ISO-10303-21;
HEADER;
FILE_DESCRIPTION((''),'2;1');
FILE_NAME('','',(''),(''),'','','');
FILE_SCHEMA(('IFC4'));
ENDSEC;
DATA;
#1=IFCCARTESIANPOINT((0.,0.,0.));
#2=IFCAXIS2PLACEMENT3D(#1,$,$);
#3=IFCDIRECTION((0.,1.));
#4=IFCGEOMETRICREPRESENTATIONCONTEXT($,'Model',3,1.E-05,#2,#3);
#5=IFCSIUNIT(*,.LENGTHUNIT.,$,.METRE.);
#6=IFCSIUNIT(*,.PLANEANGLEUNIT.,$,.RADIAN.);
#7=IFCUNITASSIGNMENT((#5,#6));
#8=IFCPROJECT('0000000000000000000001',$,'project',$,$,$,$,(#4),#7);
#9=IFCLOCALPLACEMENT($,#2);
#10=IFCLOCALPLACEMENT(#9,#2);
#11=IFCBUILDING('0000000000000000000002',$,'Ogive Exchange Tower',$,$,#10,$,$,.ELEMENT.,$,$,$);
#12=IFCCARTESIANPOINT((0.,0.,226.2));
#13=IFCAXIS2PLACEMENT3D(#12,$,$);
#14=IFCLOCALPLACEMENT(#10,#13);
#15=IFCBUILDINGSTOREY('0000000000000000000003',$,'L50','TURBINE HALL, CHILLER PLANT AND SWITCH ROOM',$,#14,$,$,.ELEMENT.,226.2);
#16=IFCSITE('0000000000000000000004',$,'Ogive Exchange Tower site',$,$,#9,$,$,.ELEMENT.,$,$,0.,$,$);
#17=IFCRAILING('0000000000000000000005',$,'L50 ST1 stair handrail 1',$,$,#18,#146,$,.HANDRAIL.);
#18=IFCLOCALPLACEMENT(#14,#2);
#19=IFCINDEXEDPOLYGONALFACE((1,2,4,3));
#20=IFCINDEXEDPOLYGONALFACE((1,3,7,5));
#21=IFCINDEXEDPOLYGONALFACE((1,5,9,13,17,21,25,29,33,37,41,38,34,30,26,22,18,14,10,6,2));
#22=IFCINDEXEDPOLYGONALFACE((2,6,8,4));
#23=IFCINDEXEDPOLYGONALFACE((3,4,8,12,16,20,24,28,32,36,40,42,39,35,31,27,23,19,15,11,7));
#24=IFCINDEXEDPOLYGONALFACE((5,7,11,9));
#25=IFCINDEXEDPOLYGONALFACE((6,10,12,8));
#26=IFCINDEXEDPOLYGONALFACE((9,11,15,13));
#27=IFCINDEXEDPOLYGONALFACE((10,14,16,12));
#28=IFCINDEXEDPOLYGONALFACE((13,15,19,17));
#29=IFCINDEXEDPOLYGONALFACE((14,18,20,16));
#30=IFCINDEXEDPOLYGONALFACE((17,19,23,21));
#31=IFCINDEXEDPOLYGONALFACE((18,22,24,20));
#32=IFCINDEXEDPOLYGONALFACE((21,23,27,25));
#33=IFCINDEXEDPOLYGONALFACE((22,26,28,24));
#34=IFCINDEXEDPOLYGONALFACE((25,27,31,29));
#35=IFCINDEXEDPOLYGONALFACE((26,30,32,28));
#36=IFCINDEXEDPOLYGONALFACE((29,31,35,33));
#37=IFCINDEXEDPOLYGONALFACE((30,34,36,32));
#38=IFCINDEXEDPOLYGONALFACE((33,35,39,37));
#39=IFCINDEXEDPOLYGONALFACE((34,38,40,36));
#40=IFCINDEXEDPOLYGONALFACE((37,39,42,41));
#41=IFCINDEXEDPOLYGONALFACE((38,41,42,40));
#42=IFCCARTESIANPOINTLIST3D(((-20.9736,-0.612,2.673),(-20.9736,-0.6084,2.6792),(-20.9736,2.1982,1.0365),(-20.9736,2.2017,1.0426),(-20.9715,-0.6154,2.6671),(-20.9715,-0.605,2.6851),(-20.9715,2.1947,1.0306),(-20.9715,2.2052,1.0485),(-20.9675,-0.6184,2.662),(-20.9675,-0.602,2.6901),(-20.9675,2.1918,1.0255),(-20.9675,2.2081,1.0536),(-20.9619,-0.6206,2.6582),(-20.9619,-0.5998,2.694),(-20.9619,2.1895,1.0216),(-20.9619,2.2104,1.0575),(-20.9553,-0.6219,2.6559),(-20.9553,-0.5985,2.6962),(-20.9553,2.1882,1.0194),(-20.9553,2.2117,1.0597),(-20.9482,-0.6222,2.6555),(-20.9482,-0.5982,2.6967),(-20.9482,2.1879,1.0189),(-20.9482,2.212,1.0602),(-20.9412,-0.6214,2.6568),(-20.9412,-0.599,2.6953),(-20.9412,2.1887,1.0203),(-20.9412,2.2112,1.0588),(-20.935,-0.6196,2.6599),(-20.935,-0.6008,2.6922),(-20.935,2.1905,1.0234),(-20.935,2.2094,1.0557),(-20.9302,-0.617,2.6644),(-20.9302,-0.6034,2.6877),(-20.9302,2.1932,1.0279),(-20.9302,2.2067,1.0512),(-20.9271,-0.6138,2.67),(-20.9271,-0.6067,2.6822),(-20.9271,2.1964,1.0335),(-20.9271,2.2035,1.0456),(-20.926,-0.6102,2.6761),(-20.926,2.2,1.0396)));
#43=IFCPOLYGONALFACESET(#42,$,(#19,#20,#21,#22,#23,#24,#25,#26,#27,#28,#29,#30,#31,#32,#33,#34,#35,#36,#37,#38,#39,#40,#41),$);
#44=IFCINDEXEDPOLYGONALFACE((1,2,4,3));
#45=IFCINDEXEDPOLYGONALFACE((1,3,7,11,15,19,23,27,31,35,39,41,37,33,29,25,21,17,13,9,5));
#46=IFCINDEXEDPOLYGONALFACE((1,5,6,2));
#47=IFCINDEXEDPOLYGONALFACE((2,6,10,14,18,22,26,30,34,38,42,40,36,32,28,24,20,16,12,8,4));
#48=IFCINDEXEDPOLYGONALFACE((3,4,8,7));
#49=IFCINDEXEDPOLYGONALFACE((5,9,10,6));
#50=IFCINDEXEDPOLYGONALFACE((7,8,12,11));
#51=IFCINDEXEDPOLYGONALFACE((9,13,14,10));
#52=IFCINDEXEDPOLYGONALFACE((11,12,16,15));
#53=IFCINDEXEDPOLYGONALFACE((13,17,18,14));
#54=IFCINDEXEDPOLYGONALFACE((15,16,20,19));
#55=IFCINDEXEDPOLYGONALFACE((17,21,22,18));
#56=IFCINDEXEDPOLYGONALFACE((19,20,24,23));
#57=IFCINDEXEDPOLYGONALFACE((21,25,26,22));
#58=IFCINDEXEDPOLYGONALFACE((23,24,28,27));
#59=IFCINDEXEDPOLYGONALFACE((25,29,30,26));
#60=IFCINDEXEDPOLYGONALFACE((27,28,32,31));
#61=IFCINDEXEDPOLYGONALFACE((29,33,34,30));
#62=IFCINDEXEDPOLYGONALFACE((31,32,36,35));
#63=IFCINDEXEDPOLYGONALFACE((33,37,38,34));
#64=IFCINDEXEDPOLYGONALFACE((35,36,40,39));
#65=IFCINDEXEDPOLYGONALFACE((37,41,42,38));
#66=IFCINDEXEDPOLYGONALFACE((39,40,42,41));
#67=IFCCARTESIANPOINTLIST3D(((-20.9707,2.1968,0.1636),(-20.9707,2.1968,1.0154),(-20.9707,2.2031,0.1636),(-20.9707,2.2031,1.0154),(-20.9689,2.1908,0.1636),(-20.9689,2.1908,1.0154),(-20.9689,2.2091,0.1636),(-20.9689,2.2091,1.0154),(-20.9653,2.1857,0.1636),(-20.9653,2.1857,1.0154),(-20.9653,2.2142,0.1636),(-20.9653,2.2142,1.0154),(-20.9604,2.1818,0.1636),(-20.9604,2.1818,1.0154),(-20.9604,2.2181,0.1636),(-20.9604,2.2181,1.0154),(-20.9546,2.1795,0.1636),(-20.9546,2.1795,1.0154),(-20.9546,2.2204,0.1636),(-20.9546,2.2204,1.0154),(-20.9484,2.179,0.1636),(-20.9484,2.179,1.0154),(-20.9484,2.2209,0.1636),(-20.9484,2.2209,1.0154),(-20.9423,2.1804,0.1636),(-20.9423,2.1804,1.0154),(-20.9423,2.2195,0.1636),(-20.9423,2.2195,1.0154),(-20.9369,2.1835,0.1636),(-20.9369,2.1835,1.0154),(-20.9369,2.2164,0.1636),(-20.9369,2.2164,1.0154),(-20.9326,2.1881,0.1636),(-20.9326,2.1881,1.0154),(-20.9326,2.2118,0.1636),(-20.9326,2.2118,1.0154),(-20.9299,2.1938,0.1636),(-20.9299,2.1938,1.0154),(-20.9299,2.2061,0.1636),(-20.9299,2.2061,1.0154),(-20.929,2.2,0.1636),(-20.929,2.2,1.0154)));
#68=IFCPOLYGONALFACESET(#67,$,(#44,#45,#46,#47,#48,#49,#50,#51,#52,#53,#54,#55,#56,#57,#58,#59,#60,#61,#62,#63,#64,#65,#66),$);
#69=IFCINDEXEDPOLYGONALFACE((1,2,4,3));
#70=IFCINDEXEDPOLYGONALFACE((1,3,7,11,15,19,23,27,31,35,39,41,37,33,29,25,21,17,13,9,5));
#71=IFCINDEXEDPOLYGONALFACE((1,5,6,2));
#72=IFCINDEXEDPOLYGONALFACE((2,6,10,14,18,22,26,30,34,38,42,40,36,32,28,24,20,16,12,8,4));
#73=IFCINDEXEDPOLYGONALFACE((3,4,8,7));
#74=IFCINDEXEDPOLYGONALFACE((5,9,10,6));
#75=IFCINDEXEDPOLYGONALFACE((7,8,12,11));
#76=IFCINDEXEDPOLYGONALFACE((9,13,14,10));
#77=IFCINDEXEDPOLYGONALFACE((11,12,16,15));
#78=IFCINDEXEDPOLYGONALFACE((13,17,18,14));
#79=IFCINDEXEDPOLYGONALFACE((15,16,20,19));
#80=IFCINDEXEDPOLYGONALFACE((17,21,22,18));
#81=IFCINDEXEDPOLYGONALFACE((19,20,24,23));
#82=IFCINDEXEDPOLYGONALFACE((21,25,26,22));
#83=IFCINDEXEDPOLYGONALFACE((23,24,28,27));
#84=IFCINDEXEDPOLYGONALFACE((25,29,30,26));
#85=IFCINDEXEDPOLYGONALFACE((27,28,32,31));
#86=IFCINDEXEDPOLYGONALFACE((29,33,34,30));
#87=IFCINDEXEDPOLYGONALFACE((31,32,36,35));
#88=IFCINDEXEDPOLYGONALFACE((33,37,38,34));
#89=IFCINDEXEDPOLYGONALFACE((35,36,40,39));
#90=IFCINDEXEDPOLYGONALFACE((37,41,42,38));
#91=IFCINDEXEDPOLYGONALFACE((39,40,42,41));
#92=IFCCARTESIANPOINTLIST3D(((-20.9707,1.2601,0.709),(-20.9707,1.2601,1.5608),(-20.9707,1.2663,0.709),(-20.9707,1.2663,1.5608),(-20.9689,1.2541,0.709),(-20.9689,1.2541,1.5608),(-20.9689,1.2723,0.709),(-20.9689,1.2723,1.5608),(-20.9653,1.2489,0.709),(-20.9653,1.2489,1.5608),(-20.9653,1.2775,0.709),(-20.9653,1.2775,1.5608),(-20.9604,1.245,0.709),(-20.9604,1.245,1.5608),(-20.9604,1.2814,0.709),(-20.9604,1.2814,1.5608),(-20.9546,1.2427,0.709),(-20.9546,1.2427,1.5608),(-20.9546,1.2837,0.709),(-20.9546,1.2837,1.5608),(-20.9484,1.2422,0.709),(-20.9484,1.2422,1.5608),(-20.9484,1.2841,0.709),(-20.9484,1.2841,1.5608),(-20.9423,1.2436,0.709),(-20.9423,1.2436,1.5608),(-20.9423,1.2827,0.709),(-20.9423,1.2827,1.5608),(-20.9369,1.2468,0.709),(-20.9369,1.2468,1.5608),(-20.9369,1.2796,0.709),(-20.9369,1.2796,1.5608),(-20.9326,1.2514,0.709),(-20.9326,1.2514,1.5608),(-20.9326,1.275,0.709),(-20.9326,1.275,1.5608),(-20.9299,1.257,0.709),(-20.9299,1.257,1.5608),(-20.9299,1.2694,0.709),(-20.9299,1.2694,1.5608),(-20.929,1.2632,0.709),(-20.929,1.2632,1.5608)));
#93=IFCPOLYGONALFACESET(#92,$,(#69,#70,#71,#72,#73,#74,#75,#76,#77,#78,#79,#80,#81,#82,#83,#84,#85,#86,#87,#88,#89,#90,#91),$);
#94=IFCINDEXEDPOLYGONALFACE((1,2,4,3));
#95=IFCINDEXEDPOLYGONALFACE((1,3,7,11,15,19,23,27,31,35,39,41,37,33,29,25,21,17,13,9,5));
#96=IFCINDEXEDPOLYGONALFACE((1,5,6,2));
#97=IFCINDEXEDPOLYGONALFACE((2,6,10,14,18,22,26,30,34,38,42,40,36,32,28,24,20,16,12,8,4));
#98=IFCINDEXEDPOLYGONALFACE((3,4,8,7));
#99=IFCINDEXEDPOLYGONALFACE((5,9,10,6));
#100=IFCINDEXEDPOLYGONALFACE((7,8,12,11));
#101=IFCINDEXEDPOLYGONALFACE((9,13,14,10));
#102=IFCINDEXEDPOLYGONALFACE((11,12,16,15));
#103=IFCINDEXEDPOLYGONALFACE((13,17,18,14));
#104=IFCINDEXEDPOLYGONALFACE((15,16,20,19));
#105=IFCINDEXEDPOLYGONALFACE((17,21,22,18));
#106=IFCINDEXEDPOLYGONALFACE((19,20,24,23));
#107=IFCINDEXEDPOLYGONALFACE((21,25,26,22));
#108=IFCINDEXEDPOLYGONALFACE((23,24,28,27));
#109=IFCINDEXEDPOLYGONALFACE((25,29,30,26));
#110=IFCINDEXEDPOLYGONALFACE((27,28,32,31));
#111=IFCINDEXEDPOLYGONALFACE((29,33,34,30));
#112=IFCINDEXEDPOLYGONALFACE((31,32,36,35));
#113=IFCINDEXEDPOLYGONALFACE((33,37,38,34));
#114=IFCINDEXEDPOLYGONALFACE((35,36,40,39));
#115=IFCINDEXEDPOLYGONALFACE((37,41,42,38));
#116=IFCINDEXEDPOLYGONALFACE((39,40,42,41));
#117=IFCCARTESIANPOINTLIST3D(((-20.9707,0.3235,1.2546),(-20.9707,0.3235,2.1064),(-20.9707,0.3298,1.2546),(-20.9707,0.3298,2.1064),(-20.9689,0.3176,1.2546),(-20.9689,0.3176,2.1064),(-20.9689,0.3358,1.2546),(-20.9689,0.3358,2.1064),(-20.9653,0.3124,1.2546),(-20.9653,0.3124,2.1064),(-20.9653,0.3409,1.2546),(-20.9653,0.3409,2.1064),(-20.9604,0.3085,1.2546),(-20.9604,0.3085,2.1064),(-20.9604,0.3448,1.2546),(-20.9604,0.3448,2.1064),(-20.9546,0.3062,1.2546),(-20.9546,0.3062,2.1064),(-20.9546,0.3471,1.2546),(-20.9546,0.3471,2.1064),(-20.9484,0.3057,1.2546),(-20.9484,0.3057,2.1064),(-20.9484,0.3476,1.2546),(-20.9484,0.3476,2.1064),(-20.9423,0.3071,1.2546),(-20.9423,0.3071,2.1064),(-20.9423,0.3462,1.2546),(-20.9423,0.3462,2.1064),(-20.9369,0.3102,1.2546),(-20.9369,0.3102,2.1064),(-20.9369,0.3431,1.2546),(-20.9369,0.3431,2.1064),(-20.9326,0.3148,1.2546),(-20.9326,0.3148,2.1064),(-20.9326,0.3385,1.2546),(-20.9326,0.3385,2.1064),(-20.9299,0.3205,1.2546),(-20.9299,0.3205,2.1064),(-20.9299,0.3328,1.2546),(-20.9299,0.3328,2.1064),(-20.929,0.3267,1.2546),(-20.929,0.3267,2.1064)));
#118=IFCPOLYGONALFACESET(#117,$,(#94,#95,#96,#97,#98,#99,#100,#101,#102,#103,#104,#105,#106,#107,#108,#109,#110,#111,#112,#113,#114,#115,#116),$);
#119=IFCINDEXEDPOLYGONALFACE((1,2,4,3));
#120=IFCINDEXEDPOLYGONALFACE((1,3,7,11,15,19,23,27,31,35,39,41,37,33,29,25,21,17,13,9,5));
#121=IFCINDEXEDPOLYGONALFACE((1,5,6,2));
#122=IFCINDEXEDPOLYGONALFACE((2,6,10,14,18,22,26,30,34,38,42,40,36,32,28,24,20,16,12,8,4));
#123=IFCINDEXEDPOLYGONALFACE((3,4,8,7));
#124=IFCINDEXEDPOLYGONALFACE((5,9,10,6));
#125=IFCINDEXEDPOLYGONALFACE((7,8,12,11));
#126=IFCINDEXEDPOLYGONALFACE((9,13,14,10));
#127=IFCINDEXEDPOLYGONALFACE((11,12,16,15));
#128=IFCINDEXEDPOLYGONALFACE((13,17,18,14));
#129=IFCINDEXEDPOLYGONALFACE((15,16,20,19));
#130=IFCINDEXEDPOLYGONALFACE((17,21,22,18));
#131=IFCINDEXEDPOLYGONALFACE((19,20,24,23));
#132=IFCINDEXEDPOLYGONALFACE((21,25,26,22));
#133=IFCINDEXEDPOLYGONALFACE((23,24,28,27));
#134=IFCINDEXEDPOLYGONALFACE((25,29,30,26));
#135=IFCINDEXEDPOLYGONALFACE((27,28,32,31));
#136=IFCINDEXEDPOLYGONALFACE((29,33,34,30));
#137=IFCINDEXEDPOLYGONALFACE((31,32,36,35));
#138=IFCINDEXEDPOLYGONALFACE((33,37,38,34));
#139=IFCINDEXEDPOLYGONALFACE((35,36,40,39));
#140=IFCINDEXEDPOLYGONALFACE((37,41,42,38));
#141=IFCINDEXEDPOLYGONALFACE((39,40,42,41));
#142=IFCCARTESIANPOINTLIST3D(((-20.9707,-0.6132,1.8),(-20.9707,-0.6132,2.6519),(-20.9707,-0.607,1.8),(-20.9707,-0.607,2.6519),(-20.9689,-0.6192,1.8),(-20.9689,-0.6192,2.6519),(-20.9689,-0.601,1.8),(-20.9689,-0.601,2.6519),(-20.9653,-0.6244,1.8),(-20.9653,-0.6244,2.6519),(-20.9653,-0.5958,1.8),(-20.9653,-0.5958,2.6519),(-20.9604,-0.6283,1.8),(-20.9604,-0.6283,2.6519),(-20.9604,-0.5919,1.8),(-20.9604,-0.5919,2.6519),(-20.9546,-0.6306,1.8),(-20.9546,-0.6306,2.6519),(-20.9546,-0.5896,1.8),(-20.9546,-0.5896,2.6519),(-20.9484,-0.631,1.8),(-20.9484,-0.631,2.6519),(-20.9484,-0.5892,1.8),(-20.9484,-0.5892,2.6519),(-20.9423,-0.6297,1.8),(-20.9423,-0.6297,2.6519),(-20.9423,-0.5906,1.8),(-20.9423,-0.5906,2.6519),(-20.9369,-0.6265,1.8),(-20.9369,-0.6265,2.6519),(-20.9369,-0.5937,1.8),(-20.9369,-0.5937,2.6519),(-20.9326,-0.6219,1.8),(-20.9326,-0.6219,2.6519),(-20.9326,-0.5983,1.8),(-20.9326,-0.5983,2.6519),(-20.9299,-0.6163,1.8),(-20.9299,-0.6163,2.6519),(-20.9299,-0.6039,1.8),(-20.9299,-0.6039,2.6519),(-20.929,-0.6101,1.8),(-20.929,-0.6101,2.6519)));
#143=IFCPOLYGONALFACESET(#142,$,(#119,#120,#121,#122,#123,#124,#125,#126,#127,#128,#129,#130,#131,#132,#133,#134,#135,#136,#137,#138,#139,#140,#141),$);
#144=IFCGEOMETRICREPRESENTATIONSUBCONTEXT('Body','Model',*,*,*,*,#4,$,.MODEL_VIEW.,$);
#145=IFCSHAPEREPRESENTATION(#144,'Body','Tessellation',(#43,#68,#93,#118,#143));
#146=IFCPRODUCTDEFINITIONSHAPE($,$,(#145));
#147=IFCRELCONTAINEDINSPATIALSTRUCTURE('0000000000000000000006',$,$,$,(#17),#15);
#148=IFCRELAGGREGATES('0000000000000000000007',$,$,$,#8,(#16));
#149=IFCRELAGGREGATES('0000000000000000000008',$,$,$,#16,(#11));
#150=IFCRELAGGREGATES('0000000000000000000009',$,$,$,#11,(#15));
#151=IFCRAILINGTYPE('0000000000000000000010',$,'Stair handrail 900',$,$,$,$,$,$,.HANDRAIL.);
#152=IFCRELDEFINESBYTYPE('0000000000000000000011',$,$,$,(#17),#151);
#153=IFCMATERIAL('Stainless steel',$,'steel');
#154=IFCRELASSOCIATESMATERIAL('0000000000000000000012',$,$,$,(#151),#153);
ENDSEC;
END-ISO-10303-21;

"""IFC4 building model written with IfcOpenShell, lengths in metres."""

from ifc_helpers import new_model, si_unit, direction, frame, origin, origin_2d, place, context, subcontext, project, spatial, circle, extrude, material, type_object, element, save


model = new_model("IFC4")

# Units and contexts
model_context = context("Model", 3, precision=1e-05, world=origin(), true_north=direction((0.0, 1.0)))
body_context = subcontext(model_context, "Body", "Model", "MODEL_VIEW")
ifc_project = project(units=[si_unit("LENGTHUNIT", "METRE"), si_unit("PLANEANGLEUNIT", "RADIAN")], contexts=[model_context])

# Site, building, storey
site_placement = place(None, origin())
site = spatial("IfcSite", under=ifc_project, at=site_placement, Name="Ogive Exchange Tower site", CompositionType="ELEMENT", RefElevation=0.0)
building_placement = place(site_placement, origin())
building = spatial("IfcBuilding", under=site, at=building_placement, Name="Ogive Exchange Tower", CompositionType="ELEMENT")
storey_placement = place(building_placement, frame((0.0, 0.0, 226.2)))
storey = spatial("IfcBuildingStorey", under=building, at=storey_placement, Name="L50", Description="TURBINE HALL, CHILLER PLANT AND SWITCH ROOM", CompositionType="ELEMENT", Elevation=226.2)

# Railing
ifc_material_1 = material(Name="Stainless steel", Category="steel")
railing_type_1 = type_object("IfcRailingType", Name="Stair handrail 900", PredefinedType="HANDRAIL", material=ifc_material_1)
for number, where, name in (
    (1, (-20.95, 2.2, 0.1636), "L50 ST1 stair handrail 1"),
):
    element("IfcRailing", number, at=place(storey_placement, frame(where)), inside=storey, type_object=railing_type_1, Name=name, PredefinedType="HANDRAIL", context=body_context, shape_type="SweptSolid", body=[
        extrude(circle(Radius=0.0239, at=origin_2d()), frame((0.0, 0.0, 0.876), z_axis=(0.0, -0.864144, 0.503245), x_axis=(1.0, 0.0, 0.0)), (0.0, 0.0, 1.0), 3.252),
        extrude(circle(Radius=0.021, at=origin_2d()), origin(), (0.0, 0.0, 1.0), 0.8518),
        extrude(circle(Radius=0.021, at=origin_2d()), frame((0.0, -0.9368, 0.5454)), (0.0, 0.0, 1.0), 0.8518),
        extrude(circle(Radius=0.021, at=origin_2d()), frame((0.0, -1.8733, 1.0911)), (0.0, 0.0, 1.0), 0.8518),
        extrude(circle(Radius=0.021, at=origin_2d()), frame((0.0, -2.8101, 1.6365)), (0.0, 0.0, 1.0), 0.8518),
    ])

save(model, "model.ifc")
